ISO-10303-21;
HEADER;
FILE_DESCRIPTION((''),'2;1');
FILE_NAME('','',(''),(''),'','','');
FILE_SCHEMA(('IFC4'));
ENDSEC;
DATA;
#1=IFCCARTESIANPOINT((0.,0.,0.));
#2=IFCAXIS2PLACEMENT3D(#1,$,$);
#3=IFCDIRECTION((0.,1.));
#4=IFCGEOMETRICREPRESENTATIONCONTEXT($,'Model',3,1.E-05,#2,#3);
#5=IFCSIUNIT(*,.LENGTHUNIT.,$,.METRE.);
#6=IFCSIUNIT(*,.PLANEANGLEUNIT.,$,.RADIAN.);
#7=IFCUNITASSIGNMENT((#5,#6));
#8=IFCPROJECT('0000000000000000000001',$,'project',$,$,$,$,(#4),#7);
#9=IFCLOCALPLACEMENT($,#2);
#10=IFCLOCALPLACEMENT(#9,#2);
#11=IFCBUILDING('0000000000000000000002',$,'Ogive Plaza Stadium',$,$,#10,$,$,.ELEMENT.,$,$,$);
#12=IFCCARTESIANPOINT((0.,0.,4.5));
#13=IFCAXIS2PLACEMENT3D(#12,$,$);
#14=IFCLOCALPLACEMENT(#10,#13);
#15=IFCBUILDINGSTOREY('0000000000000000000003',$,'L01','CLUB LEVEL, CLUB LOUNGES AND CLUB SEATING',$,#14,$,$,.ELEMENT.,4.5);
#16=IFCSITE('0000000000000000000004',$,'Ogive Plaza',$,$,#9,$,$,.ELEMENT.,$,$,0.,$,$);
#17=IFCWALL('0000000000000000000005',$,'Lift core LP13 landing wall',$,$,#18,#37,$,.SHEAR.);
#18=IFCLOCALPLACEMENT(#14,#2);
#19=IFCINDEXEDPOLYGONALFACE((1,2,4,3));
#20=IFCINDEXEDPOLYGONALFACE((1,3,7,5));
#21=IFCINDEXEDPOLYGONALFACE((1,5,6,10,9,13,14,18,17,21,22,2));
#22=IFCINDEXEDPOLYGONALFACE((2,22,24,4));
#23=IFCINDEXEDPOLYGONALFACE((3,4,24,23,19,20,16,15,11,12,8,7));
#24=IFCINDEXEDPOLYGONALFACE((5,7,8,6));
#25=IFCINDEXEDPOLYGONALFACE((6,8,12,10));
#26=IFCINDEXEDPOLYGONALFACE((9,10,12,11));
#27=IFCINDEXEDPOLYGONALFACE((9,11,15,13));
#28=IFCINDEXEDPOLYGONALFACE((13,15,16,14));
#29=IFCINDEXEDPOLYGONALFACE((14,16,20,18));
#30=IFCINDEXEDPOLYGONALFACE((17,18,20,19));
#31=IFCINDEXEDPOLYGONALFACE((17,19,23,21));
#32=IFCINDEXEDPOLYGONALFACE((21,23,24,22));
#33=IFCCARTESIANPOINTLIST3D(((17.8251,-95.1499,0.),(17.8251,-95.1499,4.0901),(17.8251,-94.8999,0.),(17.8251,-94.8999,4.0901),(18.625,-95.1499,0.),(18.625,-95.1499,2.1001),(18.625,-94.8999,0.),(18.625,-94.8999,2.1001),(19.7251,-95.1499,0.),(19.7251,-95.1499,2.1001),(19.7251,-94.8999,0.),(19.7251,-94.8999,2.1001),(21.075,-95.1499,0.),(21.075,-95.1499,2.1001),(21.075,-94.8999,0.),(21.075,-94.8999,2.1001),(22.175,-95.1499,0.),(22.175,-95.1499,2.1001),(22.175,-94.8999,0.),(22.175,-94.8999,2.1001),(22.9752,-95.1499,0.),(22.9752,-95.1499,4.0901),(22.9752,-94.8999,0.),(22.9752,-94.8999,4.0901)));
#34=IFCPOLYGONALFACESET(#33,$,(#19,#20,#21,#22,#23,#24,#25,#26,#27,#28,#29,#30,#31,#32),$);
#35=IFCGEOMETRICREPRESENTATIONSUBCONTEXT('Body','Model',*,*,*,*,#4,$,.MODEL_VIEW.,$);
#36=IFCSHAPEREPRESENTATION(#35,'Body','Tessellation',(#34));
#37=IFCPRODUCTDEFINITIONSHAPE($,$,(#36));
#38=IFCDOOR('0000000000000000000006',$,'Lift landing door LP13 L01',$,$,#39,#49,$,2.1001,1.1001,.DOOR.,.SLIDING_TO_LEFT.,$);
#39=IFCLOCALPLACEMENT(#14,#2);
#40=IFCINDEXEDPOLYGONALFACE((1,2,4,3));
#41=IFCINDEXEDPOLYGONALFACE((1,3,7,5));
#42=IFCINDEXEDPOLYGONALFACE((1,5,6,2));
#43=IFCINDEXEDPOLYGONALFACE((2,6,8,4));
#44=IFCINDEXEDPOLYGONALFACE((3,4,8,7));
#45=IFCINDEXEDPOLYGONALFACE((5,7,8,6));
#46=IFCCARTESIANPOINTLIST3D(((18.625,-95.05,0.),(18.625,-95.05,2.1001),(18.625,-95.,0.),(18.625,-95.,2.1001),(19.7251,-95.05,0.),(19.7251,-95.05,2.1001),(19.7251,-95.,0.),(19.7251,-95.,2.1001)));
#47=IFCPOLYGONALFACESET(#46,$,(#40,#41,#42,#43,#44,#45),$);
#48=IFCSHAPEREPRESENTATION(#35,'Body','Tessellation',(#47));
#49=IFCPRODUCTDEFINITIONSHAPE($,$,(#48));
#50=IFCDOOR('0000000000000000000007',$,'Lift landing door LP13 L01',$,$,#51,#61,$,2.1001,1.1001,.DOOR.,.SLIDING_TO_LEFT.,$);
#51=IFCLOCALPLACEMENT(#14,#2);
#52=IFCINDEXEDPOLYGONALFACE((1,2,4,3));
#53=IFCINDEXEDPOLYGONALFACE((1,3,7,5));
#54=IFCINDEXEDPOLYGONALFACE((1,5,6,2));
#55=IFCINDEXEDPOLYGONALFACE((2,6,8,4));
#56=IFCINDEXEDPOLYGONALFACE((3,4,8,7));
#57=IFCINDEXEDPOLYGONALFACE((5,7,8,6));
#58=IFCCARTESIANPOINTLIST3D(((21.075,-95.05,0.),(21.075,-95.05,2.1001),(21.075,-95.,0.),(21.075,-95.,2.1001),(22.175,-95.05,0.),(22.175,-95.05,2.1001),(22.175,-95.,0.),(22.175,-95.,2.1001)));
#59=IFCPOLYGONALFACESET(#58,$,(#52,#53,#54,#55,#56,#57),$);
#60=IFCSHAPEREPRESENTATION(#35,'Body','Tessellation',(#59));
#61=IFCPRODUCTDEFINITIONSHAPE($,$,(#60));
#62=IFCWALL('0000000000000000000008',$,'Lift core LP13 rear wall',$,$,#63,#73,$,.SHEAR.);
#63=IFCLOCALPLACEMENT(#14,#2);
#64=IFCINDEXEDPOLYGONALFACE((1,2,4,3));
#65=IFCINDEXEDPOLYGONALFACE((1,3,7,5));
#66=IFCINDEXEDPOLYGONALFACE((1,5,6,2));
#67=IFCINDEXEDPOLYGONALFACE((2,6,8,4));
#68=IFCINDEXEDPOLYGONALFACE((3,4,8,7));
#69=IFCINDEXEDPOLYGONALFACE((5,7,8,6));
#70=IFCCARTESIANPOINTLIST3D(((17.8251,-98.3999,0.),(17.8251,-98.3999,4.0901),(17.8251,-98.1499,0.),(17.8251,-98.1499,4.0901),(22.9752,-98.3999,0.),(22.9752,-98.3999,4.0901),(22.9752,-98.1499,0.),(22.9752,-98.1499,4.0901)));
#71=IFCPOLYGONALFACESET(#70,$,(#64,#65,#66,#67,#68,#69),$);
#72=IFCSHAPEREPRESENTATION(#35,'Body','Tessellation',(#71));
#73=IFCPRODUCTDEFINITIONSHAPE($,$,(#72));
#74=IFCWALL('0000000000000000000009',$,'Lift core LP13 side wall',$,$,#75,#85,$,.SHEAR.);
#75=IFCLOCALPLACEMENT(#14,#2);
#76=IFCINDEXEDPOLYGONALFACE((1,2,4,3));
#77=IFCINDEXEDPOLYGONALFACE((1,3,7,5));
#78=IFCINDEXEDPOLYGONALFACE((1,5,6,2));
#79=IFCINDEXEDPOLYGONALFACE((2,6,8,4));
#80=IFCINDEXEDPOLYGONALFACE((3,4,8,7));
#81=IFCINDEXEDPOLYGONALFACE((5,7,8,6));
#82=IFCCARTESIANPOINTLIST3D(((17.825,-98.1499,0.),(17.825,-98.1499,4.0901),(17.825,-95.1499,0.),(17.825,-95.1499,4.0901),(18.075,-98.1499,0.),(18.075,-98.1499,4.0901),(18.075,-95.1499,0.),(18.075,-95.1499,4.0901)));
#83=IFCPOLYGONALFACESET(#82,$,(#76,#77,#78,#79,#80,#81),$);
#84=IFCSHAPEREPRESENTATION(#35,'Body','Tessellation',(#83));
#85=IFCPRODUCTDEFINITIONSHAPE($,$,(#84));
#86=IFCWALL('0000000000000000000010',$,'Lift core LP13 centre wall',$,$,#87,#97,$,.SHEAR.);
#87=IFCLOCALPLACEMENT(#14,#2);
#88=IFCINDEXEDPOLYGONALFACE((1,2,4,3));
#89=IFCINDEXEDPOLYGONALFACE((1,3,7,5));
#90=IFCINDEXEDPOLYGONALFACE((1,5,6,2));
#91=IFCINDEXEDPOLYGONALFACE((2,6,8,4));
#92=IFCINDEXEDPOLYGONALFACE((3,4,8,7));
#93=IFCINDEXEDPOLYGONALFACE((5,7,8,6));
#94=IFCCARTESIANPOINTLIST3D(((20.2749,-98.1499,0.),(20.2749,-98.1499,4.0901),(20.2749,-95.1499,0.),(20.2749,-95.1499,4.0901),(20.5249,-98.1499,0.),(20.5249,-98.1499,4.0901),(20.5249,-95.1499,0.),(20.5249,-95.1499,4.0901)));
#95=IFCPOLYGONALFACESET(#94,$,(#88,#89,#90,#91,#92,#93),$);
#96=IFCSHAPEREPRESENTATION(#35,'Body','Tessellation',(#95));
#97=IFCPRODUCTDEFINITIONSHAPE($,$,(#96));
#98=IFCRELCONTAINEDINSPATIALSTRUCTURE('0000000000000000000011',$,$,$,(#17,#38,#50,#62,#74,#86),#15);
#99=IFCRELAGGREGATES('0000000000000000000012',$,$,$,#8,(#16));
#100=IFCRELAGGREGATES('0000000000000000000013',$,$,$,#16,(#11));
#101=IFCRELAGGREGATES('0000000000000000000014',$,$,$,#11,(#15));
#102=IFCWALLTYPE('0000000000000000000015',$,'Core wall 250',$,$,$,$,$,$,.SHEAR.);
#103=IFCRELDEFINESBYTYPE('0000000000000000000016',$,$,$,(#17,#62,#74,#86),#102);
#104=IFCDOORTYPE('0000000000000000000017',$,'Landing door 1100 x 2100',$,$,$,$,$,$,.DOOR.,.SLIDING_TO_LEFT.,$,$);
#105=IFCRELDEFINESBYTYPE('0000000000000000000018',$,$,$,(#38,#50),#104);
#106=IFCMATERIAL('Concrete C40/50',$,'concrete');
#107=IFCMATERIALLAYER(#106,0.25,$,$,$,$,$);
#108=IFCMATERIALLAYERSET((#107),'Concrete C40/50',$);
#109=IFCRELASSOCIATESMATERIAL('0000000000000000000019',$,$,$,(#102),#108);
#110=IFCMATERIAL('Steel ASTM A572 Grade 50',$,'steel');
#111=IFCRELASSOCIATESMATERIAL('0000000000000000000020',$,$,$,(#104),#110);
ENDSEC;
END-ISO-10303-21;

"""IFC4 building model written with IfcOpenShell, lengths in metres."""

from ifc_helpers import new_model, si_unit, direction, frame, frame_2d, origin, place, context, subcontext, project, spatial, rectangle, extrude, material, layer, layer_set, type_object, element, fill, save


model = new_model("IFC4")

# Units and contexts
model_context = context("Model", 3, precision=1e-05, world=origin(), true_north=direction((0.0, 1.0)))
body_context = subcontext(model_context, "Body", "Model", "MODEL_VIEW")
ifc_project = project(units=[si_unit("LENGTHUNIT", "METRE"), si_unit("PLANEANGLEUNIT", "RADIAN")], contexts=[model_context])

# Site, building, storey
site_placement = place(None, origin())
site = spatial("IfcSite", under=ifc_project, at=site_placement, Name="Ogive Plaza", CompositionType="ELEMENT", RefElevation=0.0)
building_placement = place(site_placement, origin())
building = spatial("IfcBuilding", under=site, at=building_placement, Name="Ogive Plaza Stadium", CompositionType="ELEMENT")
storey_placement = place(building_placement, frame((0.0, 0.0, 4.5)))
storey = spatial("IfcBuildingStorey", under=building, at=storey_placement, Name="L01", Description="CLUB LEVEL, CLUB LOUNGES AND CLUB SEATING", CompositionType="ELEMENT", Elevation=4.5)

# Wall, openings, doors
ifc_material_1 = material(Name="Concrete C40/50", Category="concrete")
ifc_layer_1 = layer(ifc_material_1, 0.25)
ifc_layer_set_1 = layer_set([ifc_layer_1], Name="Concrete C40/50")
wall_type = type_object("IfcWallType", Name="Core wall 250", PredefinedType="SHEAR", material=ifc_layer_set_1)
wall_1_placement = place(storey_placement, frame((17.825, -95.0249, 0.0), z_axis=(0.0, 0.0, 1.0), x_axis=(1.0, 0.0, 0.0)))
wall_1 = element("IfcWall", 1, at=wall_1_placement, inside=storey, type_object=wall_type, Name="Lift core LP13 landing wall", PredefinedType="SHEAR", context=body_context, shape_type="SweptSolid", body=[
    extrude(rectangle(XDim=5.1501, YDim=0.25, at=frame_2d((2.5752, 0.0))), origin(), (0.0, 0.0, 1.0), 4.0901),
])
opening_1_placement = place(wall_1_placement, frame((0.8, 0.0, 0.0)))
opening_1 = element("IfcOpeningElement", 2, at=opening_1_placement, cuts=wall_1, PredefinedType="OPENING", context=body_context, shape_type="SweptSolid", body=[
    extrude(rectangle(XDim=1.1001, YDim=2.1001, at=frame_2d((0.55, 1.05))), frame((0.0, 0.125, 0.0), z_axis=(0.0, -1.0, 0.0), x_axis=(1.0, 0.0, 0.0)), (0.0, 0.0, 1.0), 0.25),
])
opening_2_placement = place(wall_1_placement, frame((3.25, 0.0, 0.0)))
opening_2 = element("IfcOpeningElement", 3, at=opening_2_placement, cuts=wall_1, PredefinedType="OPENING", context=body_context, shape_type="SweptSolid", body=[
    extrude(rectangle(XDim=1.1001, YDim=2.1001, at=frame_2d((0.55, 1.05))), frame((0.0, 0.125, 0.0), z_axis=(0.0, -1.0, 0.0), x_axis=(1.0, 0.0, 0.0)), (0.0, 0.0, 1.0), 0.25),
])
ifc_material_2 = material(Name="Steel ASTM A572 Grade 50", Category="steel")
door_type = type_object("IfcDoorType", Name="Landing door 1100 x 2100", OperationType="SLIDING_TO_LEFT", PredefinedType="DOOR", material=ifc_material_2)
door_1_placement = place(opening_1_placement, origin())
door_1 = element("IfcDoor", 4, at=door_1_placement, inside=storey, type_object=door_type, Name="Lift landing door LP13 L01", OperationType="SLIDING_TO_LEFT", OverallHeight=2.1001, OverallWidth=1.1001, PredefinedType="DOOR", context=body_context, shape_type="SweptSolid", body=[
    extrude(rectangle(XDim=1.1001, YDim=2.1001, at=frame_2d((0.55, 1.05))), frame((0.0, 0.0249, 0.0), z_axis=(0.0, -1.0, 0.0), x_axis=(1.0, 0.0, 0.0)), (0.0, 0.0, 1.0), 0.05),
])
fill(opening_1, door_1)
door_2_placement = place(opening_2_placement, origin())
door_2 = element("IfcDoor", 5, at=door_2_placement, inside=storey, type_object=door_type, Name="Lift landing door LP13 L01", OperationType="SLIDING_TO_LEFT", OverallHeight=2.1001, OverallWidth=1.1001, PredefinedType="DOOR", context=body_context, shape_type="SweptSolid", body=[
    extrude(rectangle(XDim=1.1001, YDim=2.1001, at=frame_2d((0.55, 1.05))), frame((0.0, 0.0249, 0.0), z_axis=(0.0, -1.0, 0.0), x_axis=(1.0, 0.0, 0.0)), (0.0, 0.0, 1.0), 0.05),
])
fill(opening_2, door_2)

# Walls
wall_2_placement = place(storey_placement, frame((17.825, -98.2749, 0.0), z_axis=(0.0, 0.0, 1.0), x_axis=(1.0, 0.0, 0.0)))
element("IfcWall", 6, at=wall_2_placement, inside=storey, type_object=wall_type, Name="Lift core LP13 rear wall", PredefinedType="SHEAR", context=body_context, shape_type="SweptSolid", body=[
    extrude(rectangle(XDim=5.1501, YDim=0.25, at=frame_2d((2.5752, 0.0))), origin(), (0.0, 0.0, 1.0), 4.0901),
])
for number, where, z_axis, x_axis, name in (
    (7, (17.95, -95.1499, 0.0), (0.0, 0.0, 1.0), (0.0, -1.0, 0.0), "Lift core LP13 side wall"),
    (8, (20.3999, -95.1499, 0.0), (0.0, 0.0, 1.0), (0.0, -1.0, 0.0), "Lift core LP13 centre wall"),
):
    element("IfcWall", number, at=place(storey_placement, frame(where, z_axis=z_axis, x_axis=x_axis)), inside=storey, type_object=wall_type, Name=name, PredefinedType="SHEAR", context=body_context, shape_type="SweptSolid", body=[
        extrude(rectangle(XDim=3.0, YDim=0.25, at=frame_2d((1.5, 0.0))), origin(), (0.0, 0.0, 1.0), 4.0901),
    ])

save(model, "model.ifc")
